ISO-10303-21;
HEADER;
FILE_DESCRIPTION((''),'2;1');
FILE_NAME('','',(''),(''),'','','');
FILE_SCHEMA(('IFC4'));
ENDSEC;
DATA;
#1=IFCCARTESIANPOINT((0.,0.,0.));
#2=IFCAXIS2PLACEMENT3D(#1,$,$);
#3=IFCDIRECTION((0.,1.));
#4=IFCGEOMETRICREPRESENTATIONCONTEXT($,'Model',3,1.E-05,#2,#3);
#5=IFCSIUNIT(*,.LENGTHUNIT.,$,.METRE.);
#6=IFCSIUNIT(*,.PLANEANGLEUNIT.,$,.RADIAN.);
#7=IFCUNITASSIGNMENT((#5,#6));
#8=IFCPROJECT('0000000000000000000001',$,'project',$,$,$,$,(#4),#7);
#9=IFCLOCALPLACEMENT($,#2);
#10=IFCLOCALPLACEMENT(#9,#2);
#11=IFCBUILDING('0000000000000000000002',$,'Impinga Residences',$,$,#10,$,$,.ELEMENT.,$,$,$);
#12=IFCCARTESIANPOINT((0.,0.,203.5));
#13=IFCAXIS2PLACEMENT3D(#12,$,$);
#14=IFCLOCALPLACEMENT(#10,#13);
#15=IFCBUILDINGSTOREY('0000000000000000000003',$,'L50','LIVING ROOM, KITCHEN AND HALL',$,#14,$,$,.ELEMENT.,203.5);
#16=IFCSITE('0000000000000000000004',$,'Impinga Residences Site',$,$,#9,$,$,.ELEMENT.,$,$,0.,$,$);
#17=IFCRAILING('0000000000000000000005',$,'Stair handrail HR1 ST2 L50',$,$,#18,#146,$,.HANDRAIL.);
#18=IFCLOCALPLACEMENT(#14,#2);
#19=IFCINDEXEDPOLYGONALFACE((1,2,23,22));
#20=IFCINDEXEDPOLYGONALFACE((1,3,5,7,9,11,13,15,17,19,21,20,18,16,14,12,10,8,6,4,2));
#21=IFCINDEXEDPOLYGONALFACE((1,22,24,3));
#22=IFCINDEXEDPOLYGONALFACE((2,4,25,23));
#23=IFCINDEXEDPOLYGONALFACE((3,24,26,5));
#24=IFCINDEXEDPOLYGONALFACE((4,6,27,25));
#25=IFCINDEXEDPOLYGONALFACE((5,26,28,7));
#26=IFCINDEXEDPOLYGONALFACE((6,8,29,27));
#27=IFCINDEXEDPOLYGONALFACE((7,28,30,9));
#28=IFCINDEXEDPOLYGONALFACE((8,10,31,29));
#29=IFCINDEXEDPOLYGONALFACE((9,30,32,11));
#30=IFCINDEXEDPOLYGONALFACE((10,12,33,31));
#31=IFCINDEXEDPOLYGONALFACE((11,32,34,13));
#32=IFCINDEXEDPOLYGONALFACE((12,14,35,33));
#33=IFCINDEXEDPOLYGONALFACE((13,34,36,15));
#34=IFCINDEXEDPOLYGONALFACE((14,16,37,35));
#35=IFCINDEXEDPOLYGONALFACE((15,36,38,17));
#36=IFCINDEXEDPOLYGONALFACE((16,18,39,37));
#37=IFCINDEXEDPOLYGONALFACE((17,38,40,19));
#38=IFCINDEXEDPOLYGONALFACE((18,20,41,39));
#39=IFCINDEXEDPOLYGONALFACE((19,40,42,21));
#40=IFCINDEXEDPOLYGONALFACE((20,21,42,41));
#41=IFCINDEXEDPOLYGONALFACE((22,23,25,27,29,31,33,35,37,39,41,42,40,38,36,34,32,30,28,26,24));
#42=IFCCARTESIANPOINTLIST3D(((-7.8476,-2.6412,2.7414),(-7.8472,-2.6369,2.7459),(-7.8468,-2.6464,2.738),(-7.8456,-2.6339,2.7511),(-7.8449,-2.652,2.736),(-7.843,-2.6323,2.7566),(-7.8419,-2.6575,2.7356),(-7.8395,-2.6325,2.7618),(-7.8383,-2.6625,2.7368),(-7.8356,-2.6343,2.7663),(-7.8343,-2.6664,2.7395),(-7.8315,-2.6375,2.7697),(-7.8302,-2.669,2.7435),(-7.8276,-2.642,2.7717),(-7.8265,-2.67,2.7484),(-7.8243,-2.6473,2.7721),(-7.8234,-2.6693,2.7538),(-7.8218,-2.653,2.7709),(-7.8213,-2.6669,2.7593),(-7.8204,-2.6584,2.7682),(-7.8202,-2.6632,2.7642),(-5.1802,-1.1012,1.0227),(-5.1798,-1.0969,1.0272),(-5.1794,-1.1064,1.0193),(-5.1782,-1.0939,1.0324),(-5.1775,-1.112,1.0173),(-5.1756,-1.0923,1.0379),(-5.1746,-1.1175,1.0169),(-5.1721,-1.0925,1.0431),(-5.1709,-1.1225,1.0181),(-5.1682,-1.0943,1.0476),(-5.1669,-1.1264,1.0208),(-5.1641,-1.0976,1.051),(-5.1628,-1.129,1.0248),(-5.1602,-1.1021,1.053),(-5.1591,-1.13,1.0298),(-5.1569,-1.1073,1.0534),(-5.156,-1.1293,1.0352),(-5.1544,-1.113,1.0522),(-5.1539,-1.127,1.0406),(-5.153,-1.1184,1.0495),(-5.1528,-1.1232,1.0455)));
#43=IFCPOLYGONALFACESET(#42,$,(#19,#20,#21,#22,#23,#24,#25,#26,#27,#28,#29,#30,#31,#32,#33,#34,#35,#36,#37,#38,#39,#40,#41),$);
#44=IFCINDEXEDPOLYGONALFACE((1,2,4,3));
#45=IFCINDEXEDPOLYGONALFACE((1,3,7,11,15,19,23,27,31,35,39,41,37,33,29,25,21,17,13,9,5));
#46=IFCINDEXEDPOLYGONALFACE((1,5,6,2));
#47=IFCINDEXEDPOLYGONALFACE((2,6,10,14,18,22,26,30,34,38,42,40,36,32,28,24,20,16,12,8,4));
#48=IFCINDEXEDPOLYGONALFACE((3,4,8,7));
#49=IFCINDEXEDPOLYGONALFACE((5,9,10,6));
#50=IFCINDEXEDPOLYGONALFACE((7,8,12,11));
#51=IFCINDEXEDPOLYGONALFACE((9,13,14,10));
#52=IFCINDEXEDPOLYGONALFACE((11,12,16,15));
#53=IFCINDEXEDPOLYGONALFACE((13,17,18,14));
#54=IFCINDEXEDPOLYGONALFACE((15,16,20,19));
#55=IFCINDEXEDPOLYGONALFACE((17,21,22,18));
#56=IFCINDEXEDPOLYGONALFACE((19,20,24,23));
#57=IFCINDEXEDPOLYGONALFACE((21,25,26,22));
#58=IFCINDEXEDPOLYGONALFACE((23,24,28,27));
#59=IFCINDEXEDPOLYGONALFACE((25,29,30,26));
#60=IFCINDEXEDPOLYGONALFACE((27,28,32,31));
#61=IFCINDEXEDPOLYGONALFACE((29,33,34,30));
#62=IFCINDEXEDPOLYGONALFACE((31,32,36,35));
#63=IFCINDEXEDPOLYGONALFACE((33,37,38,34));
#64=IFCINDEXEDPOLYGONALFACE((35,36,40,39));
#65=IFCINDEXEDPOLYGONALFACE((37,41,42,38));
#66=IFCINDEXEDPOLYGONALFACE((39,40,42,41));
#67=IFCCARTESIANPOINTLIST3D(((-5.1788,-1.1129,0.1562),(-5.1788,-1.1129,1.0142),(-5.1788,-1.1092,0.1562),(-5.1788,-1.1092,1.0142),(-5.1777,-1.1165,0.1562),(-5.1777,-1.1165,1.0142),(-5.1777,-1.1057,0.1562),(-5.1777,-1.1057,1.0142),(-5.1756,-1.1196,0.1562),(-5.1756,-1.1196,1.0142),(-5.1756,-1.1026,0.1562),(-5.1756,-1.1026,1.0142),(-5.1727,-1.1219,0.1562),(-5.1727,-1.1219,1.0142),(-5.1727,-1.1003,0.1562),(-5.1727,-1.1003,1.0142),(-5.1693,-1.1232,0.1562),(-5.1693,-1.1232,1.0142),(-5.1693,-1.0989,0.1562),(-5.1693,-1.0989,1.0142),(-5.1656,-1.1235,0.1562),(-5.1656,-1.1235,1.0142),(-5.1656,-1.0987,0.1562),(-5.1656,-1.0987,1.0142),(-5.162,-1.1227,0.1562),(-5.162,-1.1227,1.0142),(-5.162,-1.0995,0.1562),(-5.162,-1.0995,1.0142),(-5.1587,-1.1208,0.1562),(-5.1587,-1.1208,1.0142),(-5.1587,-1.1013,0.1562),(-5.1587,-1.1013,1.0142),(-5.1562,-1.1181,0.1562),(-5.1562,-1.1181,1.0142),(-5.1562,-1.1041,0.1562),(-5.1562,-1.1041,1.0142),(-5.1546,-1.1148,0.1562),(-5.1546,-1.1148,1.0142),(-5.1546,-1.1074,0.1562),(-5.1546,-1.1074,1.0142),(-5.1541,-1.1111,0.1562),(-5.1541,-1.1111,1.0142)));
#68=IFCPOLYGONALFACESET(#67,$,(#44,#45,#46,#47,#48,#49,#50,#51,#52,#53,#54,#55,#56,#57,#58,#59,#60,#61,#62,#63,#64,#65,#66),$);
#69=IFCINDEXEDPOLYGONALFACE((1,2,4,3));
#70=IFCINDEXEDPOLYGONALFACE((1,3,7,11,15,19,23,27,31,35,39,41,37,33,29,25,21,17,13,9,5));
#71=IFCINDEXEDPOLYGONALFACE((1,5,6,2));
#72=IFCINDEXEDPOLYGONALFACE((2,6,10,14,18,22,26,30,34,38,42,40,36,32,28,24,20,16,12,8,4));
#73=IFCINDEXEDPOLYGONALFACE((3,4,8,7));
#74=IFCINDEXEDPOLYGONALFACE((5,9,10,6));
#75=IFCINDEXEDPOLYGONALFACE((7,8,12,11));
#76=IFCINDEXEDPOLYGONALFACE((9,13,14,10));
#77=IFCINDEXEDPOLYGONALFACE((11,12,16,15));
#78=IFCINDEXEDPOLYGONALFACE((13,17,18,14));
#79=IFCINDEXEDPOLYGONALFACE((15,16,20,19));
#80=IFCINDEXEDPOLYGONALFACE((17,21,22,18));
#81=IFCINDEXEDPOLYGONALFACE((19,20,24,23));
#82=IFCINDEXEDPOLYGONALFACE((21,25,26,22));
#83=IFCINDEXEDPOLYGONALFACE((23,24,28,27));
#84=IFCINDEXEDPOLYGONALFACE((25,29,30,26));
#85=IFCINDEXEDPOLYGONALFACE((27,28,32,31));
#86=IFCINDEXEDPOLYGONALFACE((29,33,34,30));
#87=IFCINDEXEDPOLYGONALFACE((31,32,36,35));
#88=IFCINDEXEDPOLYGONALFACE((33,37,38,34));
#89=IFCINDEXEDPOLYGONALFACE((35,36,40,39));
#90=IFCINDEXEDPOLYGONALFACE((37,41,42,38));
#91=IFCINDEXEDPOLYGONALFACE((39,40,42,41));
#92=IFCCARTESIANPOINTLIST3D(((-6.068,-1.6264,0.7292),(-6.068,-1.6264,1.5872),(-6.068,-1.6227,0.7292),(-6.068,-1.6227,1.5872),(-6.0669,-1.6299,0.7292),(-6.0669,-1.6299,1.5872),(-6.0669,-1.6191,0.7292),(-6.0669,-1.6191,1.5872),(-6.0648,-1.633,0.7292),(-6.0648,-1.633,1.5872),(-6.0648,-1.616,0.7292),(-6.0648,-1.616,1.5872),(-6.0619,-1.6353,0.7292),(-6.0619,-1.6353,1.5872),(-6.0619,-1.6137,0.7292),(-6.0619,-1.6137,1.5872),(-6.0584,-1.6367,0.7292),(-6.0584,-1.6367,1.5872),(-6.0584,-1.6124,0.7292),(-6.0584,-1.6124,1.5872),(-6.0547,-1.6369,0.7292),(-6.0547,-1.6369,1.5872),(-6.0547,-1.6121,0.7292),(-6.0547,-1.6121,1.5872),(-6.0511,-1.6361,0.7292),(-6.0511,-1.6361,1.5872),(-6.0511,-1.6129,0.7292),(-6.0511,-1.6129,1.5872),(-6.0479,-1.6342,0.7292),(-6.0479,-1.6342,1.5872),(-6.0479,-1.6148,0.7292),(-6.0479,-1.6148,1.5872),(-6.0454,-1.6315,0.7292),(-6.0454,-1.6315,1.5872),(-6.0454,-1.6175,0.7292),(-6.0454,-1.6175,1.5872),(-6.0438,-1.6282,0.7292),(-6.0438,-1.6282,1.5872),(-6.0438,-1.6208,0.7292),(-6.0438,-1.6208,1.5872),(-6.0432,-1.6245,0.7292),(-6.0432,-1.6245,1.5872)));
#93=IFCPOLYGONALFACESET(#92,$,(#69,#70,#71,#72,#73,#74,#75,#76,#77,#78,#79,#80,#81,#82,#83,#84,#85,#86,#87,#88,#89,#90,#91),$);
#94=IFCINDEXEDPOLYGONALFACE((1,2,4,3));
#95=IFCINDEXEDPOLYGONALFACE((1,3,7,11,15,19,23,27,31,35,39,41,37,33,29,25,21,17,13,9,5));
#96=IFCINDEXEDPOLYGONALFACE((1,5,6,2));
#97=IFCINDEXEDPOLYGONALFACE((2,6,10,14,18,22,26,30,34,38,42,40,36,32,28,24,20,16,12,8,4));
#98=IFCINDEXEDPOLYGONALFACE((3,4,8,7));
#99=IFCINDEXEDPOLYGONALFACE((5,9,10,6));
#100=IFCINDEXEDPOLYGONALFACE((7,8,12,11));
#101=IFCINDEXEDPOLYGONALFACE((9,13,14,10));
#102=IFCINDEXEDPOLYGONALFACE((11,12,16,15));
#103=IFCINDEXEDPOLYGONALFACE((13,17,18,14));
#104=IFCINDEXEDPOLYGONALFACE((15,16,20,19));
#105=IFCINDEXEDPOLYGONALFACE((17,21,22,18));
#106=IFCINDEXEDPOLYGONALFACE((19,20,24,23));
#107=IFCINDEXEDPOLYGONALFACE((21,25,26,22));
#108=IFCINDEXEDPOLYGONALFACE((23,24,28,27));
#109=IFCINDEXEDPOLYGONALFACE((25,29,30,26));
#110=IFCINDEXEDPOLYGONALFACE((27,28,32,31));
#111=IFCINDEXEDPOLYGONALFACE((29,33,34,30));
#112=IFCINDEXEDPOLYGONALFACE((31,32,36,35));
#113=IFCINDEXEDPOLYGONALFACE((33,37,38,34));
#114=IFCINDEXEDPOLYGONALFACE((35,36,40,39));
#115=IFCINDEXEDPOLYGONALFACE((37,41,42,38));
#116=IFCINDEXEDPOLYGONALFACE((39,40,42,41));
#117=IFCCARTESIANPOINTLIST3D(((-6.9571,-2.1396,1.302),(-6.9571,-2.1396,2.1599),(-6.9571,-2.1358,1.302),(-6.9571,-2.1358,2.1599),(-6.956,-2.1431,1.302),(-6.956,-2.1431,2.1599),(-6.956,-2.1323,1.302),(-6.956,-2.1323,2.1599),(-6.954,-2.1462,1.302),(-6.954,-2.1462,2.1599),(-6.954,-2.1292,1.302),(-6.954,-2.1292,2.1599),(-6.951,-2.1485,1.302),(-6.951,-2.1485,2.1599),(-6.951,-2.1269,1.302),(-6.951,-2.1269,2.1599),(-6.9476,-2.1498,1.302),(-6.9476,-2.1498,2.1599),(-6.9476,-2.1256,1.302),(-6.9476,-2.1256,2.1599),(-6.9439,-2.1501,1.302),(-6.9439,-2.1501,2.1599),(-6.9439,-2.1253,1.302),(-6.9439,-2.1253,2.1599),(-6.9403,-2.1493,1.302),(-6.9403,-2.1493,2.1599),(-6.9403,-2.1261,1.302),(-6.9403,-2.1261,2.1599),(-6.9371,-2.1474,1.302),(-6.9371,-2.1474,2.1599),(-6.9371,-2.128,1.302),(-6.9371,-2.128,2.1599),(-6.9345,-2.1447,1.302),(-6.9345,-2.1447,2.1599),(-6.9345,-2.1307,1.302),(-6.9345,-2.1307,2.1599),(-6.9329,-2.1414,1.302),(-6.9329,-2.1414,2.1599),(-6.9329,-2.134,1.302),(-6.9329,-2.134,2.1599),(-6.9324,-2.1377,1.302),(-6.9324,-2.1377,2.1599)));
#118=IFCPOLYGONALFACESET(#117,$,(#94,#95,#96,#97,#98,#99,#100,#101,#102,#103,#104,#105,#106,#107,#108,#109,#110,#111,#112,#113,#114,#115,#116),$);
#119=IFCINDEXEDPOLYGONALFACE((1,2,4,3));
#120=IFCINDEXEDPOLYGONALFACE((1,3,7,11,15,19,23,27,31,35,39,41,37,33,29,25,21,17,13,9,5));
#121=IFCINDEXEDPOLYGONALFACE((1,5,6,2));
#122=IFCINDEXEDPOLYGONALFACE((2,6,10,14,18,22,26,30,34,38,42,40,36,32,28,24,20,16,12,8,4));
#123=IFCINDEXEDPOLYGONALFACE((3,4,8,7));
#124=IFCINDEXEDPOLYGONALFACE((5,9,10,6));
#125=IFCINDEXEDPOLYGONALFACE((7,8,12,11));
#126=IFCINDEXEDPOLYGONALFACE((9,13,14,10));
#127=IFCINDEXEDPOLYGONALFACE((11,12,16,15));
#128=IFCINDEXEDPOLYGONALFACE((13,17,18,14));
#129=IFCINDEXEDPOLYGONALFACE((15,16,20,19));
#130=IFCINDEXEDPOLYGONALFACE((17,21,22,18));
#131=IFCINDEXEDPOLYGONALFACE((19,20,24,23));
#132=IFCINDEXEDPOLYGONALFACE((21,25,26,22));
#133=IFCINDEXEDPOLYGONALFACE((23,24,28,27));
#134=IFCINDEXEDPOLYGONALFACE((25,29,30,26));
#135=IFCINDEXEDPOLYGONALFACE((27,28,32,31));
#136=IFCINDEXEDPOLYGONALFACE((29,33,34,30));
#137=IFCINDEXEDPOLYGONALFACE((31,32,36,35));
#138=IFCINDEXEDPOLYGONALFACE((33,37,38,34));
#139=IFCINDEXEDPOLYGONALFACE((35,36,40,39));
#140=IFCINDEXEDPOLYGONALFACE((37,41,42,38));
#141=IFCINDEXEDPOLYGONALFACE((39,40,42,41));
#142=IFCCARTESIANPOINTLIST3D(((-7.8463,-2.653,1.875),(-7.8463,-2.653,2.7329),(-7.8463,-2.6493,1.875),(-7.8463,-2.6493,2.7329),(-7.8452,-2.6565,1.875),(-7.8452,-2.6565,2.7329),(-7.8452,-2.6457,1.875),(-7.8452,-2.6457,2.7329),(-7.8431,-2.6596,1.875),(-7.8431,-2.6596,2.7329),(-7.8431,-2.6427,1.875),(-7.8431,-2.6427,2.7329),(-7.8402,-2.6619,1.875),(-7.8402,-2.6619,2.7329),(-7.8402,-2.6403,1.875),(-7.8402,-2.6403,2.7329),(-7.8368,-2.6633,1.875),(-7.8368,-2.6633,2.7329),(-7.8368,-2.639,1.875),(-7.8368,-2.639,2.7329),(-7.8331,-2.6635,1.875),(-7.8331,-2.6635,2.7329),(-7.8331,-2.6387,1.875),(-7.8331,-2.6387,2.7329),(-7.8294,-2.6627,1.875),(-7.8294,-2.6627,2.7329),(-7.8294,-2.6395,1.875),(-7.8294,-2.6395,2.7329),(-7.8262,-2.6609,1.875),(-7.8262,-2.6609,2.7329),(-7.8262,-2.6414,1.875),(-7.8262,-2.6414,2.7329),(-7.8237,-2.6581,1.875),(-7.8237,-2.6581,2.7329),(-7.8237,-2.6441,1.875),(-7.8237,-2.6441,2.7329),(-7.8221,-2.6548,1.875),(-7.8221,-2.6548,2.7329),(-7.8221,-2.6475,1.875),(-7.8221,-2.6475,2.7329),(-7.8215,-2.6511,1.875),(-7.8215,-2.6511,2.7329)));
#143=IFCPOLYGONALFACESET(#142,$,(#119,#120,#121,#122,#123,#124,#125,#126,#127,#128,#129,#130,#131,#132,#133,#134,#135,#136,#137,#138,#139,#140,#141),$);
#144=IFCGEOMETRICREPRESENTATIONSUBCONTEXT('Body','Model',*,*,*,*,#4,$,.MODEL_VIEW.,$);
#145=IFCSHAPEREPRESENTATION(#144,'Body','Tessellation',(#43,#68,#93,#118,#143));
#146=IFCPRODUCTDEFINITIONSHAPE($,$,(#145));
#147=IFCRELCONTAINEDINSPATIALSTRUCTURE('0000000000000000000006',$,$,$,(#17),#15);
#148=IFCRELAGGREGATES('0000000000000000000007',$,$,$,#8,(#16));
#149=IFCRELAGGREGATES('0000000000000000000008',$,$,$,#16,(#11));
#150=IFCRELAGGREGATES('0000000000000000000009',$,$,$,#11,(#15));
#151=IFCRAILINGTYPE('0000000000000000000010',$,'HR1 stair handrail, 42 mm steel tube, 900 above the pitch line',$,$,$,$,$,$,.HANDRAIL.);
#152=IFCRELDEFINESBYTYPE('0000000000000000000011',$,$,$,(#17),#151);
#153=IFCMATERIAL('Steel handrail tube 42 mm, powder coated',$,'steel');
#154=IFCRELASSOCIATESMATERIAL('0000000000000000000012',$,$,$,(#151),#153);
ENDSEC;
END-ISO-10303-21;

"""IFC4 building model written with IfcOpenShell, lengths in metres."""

from ifc_helpers import new_model, si_unit, direction, frame, origin, origin_2d, place, context, subcontext, project, spatial, circle, extrude, material, type_object, element, save


model = new_model("IFC4")

# Units and contexts
model_context = context("Model", 3, precision=1e-05, world=origin(), true_north=direction((0.0, 1.0)))
body_context = subcontext(model_context, "Body", "Model", "MODEL_VIEW")
ifc_project = project(units=[si_unit("LENGTHUNIT", "METRE"), si_unit("PLANEANGLEUNIT", "RADIAN")], contexts=[model_context])

# Site, building, storey
site_placement = place(None, origin())
site = spatial("IfcSite", under=ifc_project, at=site_placement, Name="Impinga Residences Site", CompositionType="ELEMENT", RefElevation=0.0)
building_placement = place(site_placement, origin())
building = spatial("IfcBuilding", under=site, at=building_placement, Name="Impinga Residences", CompositionType="ELEMENT")
storey_placement = place(building_placement, frame((0.0, 0.0, 203.5)))
storey = spatial("IfcBuildingStorey", under=building, at=storey_placement, Name="L50", Description="LIVING ROOM, KITCHEN AND HALL", CompositionType="ELEMENT", Elevation=203.5)

# Railing
ifc_material_1 = material(Name="Steel handrail tube 42 mm, powder coated", Category="steel")
railing_type = type_object("IfcRailingType", Name="HR1 stair handrail, 42 mm steel tube, 900 above the pitch line", PredefinedType="HANDRAIL", material=ifc_material_1)
railing_placement = place(storey_placement, frame((-5.1665, -1.1111, 0.1562)))
element("IfcRailing", 1, at=railing_placement, inside=storey, type_object=railing_type, Name="Stair handrail HR1 ST2 L50", PredefinedType="HANDRAIL", context=body_context, shape_type="SweptSolid", body=[
    extrude(circle(Radius=0.021, at=origin_2d()), frame((0.0, 0.0, 0.8789), z_axis=(-0.756256, -0.436616, 0.487282), x_axis=(0.499992, -0.86603, 0.0)), (0.0, 0.0, 1.0), 3.5271),
    extrude(circle(Radius=0.0125, at=origin_2d()), origin(), (0.0, 0.0, 1.0), 0.8579),
    extrude(circle(Radius=0.0125, at=origin_2d()), frame((-0.8892, -0.5134, 0.573)), (0.0, 0.0, 1.0), 0.8579),
    extrude(circle(Radius=0.0125, at=origin_2d()), frame((-1.7783, -1.0266, 1.1458)), (0.0, 0.0, 1.0), 0.8579),
    extrude(circle(Radius=0.0125, at=origin_2d()), frame((-2.6675, -1.54, 1.7188)), (0.0, 0.0, 1.0), 0.8579),
])

save(model, "model.ifc")
